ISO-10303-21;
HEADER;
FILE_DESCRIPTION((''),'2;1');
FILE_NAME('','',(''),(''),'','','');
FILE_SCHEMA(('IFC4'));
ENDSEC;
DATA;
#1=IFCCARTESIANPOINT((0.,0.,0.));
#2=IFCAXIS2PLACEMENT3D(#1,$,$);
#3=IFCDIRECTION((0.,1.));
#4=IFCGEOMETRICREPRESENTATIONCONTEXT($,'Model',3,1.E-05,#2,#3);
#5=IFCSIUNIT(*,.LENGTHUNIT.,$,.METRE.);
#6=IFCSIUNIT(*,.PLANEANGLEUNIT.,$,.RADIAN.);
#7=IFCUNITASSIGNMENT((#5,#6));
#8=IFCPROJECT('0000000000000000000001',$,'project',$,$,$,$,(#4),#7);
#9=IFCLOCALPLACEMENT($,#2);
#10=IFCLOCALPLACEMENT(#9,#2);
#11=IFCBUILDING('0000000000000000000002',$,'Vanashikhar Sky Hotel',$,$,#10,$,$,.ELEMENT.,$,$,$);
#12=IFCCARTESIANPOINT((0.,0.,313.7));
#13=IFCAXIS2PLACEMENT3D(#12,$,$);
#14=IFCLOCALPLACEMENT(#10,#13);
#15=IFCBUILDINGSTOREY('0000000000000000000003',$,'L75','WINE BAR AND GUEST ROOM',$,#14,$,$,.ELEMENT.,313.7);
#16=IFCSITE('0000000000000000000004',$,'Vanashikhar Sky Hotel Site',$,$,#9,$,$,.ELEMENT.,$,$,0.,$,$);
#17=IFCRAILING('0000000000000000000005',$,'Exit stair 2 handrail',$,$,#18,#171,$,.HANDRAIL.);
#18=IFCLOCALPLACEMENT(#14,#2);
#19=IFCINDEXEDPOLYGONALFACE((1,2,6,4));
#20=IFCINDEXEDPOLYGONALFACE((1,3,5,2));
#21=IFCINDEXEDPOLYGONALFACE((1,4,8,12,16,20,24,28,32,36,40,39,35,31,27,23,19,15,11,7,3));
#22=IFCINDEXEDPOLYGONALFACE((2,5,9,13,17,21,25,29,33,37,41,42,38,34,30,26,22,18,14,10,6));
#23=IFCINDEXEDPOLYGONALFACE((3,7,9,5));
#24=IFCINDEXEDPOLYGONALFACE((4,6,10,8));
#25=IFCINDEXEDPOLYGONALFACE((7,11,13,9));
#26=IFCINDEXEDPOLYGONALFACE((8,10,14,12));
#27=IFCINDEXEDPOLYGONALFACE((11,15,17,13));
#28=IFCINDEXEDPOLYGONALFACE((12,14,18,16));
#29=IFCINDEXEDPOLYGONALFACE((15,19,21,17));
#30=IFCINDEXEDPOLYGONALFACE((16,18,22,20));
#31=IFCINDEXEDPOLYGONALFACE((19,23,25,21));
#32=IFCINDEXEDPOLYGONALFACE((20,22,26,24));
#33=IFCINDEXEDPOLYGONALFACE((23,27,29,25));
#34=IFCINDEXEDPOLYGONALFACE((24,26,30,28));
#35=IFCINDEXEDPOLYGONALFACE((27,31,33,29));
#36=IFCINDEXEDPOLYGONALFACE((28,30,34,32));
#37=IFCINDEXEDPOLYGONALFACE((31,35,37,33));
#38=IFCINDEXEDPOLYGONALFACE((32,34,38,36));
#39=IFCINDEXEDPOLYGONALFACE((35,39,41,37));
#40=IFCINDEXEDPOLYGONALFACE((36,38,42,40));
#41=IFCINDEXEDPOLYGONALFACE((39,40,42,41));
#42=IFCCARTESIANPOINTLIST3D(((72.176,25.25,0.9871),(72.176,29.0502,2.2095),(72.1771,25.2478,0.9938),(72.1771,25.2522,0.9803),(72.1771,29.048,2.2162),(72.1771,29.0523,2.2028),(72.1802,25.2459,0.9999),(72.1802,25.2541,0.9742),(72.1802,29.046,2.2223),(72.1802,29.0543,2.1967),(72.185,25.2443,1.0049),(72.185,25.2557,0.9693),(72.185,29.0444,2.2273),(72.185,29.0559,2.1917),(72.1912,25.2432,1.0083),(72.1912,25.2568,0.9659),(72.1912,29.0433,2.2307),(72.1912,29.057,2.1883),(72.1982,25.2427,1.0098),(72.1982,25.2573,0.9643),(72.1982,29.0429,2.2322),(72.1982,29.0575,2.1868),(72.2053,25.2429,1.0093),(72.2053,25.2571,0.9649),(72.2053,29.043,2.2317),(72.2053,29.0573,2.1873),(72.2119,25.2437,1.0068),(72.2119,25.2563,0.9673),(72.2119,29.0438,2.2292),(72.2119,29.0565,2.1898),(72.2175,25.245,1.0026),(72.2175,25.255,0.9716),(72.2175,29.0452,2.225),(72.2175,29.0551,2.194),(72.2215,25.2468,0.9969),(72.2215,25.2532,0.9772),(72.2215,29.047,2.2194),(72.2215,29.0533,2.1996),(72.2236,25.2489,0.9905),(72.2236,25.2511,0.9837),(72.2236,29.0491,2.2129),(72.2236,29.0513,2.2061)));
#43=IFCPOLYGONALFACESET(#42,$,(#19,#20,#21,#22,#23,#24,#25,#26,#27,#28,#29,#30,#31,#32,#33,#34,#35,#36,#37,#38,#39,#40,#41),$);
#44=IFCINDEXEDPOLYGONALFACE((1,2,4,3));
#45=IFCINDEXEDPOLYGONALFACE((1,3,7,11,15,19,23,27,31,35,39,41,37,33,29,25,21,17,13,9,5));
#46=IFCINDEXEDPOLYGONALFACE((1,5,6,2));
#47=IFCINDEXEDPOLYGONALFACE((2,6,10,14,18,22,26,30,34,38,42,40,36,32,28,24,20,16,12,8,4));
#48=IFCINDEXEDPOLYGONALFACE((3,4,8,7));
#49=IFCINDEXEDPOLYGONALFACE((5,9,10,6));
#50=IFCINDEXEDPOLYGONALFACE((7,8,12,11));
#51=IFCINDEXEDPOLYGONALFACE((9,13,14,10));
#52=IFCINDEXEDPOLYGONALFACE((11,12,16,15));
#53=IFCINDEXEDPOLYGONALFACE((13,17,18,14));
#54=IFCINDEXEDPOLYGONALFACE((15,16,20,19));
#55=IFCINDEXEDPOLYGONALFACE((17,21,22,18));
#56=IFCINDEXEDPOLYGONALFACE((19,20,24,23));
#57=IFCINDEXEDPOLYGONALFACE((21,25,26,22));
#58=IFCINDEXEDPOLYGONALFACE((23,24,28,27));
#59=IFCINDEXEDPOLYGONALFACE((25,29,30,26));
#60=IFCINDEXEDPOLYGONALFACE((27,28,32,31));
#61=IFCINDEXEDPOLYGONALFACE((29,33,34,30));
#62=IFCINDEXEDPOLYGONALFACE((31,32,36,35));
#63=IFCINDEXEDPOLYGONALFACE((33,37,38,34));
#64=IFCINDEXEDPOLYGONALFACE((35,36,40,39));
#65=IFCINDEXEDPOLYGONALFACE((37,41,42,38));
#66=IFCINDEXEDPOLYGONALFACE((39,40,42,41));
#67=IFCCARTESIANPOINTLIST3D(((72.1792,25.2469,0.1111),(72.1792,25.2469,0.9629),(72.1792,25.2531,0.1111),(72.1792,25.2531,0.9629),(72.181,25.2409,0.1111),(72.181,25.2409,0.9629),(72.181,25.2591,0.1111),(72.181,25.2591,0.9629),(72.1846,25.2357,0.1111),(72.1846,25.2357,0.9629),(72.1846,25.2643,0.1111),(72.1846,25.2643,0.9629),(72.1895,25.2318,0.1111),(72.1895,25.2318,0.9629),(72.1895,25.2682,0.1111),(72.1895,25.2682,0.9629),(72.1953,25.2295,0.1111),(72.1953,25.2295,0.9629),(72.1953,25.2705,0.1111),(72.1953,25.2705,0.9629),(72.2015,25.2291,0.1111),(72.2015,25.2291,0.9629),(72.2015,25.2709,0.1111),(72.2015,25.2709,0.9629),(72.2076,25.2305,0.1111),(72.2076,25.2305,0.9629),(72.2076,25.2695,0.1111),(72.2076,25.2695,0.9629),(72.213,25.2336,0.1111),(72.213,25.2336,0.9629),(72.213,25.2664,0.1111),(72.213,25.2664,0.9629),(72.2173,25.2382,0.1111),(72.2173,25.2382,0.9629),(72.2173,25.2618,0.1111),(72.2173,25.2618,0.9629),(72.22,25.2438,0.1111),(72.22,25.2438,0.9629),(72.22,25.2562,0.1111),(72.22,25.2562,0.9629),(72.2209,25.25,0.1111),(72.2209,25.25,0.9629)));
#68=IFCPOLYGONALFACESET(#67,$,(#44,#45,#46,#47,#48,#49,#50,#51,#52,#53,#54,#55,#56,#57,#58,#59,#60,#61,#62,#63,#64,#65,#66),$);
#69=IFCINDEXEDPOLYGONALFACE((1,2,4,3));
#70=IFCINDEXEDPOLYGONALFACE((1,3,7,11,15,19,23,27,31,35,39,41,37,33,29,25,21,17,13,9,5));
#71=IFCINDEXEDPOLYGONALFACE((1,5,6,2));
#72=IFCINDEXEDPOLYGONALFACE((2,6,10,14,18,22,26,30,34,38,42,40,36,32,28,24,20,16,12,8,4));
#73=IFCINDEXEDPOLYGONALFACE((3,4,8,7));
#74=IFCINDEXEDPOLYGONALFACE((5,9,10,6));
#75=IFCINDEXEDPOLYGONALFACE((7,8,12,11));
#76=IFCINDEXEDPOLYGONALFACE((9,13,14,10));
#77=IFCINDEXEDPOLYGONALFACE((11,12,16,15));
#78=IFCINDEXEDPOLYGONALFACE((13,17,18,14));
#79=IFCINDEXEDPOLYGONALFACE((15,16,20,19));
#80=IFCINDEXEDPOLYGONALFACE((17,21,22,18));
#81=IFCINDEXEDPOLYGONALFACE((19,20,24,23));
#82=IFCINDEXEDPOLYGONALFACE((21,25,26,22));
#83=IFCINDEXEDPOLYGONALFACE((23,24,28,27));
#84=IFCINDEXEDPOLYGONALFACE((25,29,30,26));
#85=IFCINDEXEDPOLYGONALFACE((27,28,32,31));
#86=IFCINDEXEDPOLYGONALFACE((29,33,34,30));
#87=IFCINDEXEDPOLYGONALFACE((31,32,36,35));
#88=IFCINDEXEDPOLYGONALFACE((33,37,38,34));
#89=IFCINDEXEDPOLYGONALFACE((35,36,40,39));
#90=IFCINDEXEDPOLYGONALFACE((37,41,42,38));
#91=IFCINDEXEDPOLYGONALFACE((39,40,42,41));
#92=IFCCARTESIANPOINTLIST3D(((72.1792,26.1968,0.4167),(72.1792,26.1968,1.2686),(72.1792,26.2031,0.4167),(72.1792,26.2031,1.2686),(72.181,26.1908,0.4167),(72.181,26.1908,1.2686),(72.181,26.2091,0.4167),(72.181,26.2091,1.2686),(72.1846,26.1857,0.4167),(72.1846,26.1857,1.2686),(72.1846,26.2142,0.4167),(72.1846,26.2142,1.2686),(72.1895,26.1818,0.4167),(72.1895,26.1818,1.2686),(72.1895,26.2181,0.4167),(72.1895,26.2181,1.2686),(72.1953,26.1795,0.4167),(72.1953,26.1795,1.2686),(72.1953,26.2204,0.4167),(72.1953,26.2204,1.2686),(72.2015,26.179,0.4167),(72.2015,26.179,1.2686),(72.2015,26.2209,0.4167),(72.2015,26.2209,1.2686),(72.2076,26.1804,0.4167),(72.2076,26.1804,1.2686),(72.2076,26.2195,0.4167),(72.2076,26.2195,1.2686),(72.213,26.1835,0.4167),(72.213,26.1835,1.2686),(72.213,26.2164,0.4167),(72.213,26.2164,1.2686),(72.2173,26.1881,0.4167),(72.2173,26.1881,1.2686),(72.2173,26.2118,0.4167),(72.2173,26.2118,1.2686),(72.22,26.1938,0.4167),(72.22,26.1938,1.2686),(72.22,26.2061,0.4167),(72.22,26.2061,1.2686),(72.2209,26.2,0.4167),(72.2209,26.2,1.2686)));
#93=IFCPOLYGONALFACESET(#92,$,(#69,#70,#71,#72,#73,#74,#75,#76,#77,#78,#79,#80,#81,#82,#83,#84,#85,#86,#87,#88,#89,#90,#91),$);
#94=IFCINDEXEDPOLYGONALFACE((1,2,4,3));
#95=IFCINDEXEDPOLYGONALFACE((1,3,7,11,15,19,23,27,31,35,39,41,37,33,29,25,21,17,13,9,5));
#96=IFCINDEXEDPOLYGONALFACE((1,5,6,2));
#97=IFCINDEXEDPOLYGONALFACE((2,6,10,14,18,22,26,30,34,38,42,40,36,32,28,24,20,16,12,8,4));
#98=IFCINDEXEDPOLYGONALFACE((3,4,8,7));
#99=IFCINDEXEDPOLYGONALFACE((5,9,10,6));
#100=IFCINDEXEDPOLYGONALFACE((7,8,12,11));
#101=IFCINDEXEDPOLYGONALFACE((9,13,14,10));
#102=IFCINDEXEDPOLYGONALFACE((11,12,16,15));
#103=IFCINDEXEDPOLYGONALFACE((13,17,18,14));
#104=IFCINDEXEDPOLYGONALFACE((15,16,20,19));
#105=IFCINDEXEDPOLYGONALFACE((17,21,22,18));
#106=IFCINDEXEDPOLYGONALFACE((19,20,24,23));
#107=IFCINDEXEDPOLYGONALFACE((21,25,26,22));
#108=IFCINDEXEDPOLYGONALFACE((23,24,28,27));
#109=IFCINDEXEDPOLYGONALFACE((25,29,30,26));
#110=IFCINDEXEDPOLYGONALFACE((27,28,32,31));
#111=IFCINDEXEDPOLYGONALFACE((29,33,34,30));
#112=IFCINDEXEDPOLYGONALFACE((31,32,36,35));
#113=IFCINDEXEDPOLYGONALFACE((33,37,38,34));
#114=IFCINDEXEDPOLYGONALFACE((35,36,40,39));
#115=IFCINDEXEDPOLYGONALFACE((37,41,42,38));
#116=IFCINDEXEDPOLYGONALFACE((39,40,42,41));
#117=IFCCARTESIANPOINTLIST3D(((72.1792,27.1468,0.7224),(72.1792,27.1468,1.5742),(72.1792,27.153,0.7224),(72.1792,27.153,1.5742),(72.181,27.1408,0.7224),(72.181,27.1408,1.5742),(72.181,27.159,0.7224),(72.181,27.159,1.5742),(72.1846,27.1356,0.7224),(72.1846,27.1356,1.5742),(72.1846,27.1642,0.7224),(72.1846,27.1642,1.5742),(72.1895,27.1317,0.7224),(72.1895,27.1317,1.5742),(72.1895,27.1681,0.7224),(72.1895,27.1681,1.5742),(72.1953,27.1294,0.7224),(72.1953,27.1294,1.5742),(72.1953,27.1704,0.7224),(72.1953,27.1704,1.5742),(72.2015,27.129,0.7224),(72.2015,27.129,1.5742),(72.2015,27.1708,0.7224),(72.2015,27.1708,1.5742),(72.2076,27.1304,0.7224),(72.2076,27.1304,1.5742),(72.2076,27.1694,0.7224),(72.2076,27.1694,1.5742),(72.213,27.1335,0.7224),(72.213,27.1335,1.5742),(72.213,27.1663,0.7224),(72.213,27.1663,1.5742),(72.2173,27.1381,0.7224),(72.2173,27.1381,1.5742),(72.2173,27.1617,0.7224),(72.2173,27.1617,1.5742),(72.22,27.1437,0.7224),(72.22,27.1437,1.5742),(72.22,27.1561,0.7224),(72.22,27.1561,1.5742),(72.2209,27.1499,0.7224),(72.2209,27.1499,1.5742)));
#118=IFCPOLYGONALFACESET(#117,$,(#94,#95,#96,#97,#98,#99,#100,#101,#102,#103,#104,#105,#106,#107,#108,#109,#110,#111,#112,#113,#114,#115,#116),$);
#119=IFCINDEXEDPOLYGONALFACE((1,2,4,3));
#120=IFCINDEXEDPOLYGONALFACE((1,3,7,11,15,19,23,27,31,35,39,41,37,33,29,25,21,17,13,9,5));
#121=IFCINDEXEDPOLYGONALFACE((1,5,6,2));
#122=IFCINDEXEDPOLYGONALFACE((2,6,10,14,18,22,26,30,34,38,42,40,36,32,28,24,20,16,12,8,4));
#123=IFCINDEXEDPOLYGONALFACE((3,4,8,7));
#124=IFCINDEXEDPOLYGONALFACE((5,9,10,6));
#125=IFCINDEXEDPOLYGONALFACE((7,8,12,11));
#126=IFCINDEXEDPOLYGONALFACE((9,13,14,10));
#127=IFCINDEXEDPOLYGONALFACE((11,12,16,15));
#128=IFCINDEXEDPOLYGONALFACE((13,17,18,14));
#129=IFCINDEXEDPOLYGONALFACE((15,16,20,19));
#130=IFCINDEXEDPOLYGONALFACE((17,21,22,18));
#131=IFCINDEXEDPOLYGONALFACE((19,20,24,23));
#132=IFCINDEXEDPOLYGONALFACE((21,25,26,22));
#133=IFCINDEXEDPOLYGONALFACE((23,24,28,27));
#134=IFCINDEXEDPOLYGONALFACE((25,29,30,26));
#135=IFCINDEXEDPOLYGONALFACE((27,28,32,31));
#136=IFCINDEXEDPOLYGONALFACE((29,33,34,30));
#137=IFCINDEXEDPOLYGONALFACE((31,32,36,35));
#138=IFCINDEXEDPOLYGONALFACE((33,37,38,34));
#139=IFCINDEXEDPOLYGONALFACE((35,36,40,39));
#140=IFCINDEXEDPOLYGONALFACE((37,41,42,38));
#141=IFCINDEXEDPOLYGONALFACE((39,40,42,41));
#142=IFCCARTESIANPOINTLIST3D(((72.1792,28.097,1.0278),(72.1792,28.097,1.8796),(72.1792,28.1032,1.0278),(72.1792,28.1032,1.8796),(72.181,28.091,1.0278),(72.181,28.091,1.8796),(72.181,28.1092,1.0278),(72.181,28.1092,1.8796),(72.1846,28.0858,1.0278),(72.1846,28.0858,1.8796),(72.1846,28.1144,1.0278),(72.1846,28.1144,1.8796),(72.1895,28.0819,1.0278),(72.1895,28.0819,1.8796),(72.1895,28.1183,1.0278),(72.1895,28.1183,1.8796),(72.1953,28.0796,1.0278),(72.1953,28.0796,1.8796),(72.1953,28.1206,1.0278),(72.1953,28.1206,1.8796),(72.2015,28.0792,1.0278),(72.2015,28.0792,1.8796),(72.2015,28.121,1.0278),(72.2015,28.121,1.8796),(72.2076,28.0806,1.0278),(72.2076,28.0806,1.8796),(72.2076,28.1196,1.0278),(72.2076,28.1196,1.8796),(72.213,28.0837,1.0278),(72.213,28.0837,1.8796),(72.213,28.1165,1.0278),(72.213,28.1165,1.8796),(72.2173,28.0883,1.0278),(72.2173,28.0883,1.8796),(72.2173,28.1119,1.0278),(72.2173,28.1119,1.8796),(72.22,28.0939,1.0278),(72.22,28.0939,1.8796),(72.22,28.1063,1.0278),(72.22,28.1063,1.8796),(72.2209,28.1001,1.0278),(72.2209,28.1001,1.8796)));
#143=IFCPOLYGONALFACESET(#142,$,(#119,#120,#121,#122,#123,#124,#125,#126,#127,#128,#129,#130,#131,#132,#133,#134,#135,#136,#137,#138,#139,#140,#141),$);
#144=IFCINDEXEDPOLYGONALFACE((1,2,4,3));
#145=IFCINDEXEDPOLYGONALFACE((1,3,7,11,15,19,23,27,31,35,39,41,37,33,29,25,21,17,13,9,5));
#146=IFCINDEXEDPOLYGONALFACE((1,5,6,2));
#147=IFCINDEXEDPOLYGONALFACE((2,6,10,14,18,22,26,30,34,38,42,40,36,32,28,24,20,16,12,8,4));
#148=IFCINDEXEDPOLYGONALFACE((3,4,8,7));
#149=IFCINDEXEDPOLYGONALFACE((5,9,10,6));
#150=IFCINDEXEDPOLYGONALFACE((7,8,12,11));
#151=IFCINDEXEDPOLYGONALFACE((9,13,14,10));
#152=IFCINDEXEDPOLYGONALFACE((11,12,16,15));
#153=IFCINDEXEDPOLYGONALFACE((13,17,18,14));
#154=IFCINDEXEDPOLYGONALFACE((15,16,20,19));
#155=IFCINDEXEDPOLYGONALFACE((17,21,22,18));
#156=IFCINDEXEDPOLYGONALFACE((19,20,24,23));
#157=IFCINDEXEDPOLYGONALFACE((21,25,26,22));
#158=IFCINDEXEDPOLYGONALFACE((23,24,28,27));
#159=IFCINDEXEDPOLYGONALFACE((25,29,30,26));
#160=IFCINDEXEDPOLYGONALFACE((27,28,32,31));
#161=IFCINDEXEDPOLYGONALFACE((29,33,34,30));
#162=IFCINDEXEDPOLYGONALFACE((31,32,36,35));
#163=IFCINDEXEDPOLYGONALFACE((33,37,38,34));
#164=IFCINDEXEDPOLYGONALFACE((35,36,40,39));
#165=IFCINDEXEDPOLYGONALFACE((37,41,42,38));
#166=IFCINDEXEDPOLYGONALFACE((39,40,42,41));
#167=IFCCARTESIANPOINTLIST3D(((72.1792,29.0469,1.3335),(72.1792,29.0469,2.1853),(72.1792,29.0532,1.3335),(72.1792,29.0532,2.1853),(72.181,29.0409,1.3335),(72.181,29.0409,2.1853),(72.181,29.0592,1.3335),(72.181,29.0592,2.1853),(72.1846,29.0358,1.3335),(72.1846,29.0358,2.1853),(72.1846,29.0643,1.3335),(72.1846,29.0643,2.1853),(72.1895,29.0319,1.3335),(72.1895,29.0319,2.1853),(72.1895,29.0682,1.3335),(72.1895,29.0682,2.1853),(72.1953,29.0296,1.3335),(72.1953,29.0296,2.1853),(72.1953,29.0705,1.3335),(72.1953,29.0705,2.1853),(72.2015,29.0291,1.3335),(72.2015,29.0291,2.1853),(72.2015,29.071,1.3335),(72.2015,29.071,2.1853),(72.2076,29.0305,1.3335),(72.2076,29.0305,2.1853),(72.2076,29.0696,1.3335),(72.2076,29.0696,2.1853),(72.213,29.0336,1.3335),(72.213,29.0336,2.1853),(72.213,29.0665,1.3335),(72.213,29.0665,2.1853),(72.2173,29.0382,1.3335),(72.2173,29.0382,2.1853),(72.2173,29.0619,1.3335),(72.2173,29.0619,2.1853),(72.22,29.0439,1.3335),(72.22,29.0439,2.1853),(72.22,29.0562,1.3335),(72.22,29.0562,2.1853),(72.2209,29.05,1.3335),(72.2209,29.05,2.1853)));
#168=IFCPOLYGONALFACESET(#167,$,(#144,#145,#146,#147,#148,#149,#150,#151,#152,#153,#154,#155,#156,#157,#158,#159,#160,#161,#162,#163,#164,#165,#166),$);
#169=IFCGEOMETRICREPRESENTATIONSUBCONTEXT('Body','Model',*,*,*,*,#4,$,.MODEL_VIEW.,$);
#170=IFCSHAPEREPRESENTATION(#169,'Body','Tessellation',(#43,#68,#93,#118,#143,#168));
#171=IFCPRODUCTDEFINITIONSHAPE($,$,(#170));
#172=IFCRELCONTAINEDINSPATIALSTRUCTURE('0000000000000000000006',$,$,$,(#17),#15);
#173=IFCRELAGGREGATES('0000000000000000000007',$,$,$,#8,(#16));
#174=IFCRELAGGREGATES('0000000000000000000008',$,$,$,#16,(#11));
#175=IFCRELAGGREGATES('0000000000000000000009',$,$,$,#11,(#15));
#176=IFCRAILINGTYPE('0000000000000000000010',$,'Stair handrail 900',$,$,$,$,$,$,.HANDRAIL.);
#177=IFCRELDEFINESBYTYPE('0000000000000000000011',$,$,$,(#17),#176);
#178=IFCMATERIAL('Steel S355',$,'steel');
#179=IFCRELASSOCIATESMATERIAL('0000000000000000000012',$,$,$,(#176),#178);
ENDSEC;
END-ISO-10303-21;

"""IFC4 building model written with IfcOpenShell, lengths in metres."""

from ifc_helpers import new_model, si_unit, direction, frame, origin, origin_2d, place, context, subcontext, project, spatial, circle, extrude, source, transform, mapped, material, type_object, element, save


model = new_model("IFC4")

# Units and contexts
model_context = context("Model", 3, precision=1e-05, world=origin(), true_north=direction((0.0, 1.0)))
body_context = subcontext(model_context, "Body", "Model", "MODEL_VIEW")
ifc_project = project(units=[si_unit("LENGTHUNIT", "METRE"), si_unit("PLANEANGLEUNIT", "RADIAN")], contexts=[model_context])

# Site, building, storey
site_placement = place(None, origin())
site = spatial("IfcSite", under=ifc_project, at=site_placement, Name="Vanashikhar Sky Hotel Site", CompositionType="ELEMENT", RefElevation=0.0)
building_placement = place(site_placement, origin())
building = spatial("IfcBuilding", under=site, at=building_placement, Name="Vanashikhar Sky Hotel", CompositionType="ELEMENT")
storey_placement = place(building_placement, frame((0.0, 0.0, 313.7)))
storey = spatial("IfcBuildingStorey", under=building, at=storey_placement, Name="L75", Description="WINE BAR AND GUEST ROOM", CompositionType="ELEMENT", Elevation=313.7)

# Railing
ifc_material_1 = material(Name="Steel S355", Category="steel")
railing_type_1 = type_object("IfcRailingType", Name="Stair handrail 900", PredefinedType="HANDRAIL", material=ifc_material_1)
shared_shape_1 = source(origin(), body_context, "Body", "SweptSolid", [
    extrude(circle(Radius=0.0239, at=origin_2d()), frame((0.0, 0.0, 0.876), z_axis=(0.0, 0.951958, 0.306229), x_axis=(-1.0, 0.0, 0.0)), (0.0, 0.0, 1.0), 3.9919),
    extrude(circle(Radius=0.021, at=origin_2d()), origin(), (0.0, 0.0, 1.0), 0.8518),
    extrude(circle(Radius=0.021, at=origin_2d()), frame((0.0, 0.95, 0.3057)), (0.0, 0.0, 1.0), 0.8518),
    extrude(circle(Radius=0.021, at=origin_2d()), frame((0.0, 1.8999, 0.6113)), (0.0, 0.0, 1.0), 0.8518),
    extrude(circle(Radius=0.021, at=origin_2d()), frame((0.0, 2.8501, 0.9167)), (0.0, 0.0, 1.0), 0.8518),
    extrude(circle(Radius=0.021, at=origin_2d()), frame((0.0, 3.8, 1.2224)), (0.0, 0.0, 1.0), 0.8518),
])
railing_placement = place(storey_placement, frame((72.2, 25.25, 0.1111)))
element("IfcRailing", 1, at=railing_placement, inside=storey, type_object=railing_type_1, Name="Exit stair 2 handrail", PredefinedType="HANDRAIL", context=body_context, shape_type="MappedRepresentation", body=[
    mapped(shared_shape_1, transform((0.0, 0.0, 0.0), scale=1.0)),
])

save(model, "model.ifc")
